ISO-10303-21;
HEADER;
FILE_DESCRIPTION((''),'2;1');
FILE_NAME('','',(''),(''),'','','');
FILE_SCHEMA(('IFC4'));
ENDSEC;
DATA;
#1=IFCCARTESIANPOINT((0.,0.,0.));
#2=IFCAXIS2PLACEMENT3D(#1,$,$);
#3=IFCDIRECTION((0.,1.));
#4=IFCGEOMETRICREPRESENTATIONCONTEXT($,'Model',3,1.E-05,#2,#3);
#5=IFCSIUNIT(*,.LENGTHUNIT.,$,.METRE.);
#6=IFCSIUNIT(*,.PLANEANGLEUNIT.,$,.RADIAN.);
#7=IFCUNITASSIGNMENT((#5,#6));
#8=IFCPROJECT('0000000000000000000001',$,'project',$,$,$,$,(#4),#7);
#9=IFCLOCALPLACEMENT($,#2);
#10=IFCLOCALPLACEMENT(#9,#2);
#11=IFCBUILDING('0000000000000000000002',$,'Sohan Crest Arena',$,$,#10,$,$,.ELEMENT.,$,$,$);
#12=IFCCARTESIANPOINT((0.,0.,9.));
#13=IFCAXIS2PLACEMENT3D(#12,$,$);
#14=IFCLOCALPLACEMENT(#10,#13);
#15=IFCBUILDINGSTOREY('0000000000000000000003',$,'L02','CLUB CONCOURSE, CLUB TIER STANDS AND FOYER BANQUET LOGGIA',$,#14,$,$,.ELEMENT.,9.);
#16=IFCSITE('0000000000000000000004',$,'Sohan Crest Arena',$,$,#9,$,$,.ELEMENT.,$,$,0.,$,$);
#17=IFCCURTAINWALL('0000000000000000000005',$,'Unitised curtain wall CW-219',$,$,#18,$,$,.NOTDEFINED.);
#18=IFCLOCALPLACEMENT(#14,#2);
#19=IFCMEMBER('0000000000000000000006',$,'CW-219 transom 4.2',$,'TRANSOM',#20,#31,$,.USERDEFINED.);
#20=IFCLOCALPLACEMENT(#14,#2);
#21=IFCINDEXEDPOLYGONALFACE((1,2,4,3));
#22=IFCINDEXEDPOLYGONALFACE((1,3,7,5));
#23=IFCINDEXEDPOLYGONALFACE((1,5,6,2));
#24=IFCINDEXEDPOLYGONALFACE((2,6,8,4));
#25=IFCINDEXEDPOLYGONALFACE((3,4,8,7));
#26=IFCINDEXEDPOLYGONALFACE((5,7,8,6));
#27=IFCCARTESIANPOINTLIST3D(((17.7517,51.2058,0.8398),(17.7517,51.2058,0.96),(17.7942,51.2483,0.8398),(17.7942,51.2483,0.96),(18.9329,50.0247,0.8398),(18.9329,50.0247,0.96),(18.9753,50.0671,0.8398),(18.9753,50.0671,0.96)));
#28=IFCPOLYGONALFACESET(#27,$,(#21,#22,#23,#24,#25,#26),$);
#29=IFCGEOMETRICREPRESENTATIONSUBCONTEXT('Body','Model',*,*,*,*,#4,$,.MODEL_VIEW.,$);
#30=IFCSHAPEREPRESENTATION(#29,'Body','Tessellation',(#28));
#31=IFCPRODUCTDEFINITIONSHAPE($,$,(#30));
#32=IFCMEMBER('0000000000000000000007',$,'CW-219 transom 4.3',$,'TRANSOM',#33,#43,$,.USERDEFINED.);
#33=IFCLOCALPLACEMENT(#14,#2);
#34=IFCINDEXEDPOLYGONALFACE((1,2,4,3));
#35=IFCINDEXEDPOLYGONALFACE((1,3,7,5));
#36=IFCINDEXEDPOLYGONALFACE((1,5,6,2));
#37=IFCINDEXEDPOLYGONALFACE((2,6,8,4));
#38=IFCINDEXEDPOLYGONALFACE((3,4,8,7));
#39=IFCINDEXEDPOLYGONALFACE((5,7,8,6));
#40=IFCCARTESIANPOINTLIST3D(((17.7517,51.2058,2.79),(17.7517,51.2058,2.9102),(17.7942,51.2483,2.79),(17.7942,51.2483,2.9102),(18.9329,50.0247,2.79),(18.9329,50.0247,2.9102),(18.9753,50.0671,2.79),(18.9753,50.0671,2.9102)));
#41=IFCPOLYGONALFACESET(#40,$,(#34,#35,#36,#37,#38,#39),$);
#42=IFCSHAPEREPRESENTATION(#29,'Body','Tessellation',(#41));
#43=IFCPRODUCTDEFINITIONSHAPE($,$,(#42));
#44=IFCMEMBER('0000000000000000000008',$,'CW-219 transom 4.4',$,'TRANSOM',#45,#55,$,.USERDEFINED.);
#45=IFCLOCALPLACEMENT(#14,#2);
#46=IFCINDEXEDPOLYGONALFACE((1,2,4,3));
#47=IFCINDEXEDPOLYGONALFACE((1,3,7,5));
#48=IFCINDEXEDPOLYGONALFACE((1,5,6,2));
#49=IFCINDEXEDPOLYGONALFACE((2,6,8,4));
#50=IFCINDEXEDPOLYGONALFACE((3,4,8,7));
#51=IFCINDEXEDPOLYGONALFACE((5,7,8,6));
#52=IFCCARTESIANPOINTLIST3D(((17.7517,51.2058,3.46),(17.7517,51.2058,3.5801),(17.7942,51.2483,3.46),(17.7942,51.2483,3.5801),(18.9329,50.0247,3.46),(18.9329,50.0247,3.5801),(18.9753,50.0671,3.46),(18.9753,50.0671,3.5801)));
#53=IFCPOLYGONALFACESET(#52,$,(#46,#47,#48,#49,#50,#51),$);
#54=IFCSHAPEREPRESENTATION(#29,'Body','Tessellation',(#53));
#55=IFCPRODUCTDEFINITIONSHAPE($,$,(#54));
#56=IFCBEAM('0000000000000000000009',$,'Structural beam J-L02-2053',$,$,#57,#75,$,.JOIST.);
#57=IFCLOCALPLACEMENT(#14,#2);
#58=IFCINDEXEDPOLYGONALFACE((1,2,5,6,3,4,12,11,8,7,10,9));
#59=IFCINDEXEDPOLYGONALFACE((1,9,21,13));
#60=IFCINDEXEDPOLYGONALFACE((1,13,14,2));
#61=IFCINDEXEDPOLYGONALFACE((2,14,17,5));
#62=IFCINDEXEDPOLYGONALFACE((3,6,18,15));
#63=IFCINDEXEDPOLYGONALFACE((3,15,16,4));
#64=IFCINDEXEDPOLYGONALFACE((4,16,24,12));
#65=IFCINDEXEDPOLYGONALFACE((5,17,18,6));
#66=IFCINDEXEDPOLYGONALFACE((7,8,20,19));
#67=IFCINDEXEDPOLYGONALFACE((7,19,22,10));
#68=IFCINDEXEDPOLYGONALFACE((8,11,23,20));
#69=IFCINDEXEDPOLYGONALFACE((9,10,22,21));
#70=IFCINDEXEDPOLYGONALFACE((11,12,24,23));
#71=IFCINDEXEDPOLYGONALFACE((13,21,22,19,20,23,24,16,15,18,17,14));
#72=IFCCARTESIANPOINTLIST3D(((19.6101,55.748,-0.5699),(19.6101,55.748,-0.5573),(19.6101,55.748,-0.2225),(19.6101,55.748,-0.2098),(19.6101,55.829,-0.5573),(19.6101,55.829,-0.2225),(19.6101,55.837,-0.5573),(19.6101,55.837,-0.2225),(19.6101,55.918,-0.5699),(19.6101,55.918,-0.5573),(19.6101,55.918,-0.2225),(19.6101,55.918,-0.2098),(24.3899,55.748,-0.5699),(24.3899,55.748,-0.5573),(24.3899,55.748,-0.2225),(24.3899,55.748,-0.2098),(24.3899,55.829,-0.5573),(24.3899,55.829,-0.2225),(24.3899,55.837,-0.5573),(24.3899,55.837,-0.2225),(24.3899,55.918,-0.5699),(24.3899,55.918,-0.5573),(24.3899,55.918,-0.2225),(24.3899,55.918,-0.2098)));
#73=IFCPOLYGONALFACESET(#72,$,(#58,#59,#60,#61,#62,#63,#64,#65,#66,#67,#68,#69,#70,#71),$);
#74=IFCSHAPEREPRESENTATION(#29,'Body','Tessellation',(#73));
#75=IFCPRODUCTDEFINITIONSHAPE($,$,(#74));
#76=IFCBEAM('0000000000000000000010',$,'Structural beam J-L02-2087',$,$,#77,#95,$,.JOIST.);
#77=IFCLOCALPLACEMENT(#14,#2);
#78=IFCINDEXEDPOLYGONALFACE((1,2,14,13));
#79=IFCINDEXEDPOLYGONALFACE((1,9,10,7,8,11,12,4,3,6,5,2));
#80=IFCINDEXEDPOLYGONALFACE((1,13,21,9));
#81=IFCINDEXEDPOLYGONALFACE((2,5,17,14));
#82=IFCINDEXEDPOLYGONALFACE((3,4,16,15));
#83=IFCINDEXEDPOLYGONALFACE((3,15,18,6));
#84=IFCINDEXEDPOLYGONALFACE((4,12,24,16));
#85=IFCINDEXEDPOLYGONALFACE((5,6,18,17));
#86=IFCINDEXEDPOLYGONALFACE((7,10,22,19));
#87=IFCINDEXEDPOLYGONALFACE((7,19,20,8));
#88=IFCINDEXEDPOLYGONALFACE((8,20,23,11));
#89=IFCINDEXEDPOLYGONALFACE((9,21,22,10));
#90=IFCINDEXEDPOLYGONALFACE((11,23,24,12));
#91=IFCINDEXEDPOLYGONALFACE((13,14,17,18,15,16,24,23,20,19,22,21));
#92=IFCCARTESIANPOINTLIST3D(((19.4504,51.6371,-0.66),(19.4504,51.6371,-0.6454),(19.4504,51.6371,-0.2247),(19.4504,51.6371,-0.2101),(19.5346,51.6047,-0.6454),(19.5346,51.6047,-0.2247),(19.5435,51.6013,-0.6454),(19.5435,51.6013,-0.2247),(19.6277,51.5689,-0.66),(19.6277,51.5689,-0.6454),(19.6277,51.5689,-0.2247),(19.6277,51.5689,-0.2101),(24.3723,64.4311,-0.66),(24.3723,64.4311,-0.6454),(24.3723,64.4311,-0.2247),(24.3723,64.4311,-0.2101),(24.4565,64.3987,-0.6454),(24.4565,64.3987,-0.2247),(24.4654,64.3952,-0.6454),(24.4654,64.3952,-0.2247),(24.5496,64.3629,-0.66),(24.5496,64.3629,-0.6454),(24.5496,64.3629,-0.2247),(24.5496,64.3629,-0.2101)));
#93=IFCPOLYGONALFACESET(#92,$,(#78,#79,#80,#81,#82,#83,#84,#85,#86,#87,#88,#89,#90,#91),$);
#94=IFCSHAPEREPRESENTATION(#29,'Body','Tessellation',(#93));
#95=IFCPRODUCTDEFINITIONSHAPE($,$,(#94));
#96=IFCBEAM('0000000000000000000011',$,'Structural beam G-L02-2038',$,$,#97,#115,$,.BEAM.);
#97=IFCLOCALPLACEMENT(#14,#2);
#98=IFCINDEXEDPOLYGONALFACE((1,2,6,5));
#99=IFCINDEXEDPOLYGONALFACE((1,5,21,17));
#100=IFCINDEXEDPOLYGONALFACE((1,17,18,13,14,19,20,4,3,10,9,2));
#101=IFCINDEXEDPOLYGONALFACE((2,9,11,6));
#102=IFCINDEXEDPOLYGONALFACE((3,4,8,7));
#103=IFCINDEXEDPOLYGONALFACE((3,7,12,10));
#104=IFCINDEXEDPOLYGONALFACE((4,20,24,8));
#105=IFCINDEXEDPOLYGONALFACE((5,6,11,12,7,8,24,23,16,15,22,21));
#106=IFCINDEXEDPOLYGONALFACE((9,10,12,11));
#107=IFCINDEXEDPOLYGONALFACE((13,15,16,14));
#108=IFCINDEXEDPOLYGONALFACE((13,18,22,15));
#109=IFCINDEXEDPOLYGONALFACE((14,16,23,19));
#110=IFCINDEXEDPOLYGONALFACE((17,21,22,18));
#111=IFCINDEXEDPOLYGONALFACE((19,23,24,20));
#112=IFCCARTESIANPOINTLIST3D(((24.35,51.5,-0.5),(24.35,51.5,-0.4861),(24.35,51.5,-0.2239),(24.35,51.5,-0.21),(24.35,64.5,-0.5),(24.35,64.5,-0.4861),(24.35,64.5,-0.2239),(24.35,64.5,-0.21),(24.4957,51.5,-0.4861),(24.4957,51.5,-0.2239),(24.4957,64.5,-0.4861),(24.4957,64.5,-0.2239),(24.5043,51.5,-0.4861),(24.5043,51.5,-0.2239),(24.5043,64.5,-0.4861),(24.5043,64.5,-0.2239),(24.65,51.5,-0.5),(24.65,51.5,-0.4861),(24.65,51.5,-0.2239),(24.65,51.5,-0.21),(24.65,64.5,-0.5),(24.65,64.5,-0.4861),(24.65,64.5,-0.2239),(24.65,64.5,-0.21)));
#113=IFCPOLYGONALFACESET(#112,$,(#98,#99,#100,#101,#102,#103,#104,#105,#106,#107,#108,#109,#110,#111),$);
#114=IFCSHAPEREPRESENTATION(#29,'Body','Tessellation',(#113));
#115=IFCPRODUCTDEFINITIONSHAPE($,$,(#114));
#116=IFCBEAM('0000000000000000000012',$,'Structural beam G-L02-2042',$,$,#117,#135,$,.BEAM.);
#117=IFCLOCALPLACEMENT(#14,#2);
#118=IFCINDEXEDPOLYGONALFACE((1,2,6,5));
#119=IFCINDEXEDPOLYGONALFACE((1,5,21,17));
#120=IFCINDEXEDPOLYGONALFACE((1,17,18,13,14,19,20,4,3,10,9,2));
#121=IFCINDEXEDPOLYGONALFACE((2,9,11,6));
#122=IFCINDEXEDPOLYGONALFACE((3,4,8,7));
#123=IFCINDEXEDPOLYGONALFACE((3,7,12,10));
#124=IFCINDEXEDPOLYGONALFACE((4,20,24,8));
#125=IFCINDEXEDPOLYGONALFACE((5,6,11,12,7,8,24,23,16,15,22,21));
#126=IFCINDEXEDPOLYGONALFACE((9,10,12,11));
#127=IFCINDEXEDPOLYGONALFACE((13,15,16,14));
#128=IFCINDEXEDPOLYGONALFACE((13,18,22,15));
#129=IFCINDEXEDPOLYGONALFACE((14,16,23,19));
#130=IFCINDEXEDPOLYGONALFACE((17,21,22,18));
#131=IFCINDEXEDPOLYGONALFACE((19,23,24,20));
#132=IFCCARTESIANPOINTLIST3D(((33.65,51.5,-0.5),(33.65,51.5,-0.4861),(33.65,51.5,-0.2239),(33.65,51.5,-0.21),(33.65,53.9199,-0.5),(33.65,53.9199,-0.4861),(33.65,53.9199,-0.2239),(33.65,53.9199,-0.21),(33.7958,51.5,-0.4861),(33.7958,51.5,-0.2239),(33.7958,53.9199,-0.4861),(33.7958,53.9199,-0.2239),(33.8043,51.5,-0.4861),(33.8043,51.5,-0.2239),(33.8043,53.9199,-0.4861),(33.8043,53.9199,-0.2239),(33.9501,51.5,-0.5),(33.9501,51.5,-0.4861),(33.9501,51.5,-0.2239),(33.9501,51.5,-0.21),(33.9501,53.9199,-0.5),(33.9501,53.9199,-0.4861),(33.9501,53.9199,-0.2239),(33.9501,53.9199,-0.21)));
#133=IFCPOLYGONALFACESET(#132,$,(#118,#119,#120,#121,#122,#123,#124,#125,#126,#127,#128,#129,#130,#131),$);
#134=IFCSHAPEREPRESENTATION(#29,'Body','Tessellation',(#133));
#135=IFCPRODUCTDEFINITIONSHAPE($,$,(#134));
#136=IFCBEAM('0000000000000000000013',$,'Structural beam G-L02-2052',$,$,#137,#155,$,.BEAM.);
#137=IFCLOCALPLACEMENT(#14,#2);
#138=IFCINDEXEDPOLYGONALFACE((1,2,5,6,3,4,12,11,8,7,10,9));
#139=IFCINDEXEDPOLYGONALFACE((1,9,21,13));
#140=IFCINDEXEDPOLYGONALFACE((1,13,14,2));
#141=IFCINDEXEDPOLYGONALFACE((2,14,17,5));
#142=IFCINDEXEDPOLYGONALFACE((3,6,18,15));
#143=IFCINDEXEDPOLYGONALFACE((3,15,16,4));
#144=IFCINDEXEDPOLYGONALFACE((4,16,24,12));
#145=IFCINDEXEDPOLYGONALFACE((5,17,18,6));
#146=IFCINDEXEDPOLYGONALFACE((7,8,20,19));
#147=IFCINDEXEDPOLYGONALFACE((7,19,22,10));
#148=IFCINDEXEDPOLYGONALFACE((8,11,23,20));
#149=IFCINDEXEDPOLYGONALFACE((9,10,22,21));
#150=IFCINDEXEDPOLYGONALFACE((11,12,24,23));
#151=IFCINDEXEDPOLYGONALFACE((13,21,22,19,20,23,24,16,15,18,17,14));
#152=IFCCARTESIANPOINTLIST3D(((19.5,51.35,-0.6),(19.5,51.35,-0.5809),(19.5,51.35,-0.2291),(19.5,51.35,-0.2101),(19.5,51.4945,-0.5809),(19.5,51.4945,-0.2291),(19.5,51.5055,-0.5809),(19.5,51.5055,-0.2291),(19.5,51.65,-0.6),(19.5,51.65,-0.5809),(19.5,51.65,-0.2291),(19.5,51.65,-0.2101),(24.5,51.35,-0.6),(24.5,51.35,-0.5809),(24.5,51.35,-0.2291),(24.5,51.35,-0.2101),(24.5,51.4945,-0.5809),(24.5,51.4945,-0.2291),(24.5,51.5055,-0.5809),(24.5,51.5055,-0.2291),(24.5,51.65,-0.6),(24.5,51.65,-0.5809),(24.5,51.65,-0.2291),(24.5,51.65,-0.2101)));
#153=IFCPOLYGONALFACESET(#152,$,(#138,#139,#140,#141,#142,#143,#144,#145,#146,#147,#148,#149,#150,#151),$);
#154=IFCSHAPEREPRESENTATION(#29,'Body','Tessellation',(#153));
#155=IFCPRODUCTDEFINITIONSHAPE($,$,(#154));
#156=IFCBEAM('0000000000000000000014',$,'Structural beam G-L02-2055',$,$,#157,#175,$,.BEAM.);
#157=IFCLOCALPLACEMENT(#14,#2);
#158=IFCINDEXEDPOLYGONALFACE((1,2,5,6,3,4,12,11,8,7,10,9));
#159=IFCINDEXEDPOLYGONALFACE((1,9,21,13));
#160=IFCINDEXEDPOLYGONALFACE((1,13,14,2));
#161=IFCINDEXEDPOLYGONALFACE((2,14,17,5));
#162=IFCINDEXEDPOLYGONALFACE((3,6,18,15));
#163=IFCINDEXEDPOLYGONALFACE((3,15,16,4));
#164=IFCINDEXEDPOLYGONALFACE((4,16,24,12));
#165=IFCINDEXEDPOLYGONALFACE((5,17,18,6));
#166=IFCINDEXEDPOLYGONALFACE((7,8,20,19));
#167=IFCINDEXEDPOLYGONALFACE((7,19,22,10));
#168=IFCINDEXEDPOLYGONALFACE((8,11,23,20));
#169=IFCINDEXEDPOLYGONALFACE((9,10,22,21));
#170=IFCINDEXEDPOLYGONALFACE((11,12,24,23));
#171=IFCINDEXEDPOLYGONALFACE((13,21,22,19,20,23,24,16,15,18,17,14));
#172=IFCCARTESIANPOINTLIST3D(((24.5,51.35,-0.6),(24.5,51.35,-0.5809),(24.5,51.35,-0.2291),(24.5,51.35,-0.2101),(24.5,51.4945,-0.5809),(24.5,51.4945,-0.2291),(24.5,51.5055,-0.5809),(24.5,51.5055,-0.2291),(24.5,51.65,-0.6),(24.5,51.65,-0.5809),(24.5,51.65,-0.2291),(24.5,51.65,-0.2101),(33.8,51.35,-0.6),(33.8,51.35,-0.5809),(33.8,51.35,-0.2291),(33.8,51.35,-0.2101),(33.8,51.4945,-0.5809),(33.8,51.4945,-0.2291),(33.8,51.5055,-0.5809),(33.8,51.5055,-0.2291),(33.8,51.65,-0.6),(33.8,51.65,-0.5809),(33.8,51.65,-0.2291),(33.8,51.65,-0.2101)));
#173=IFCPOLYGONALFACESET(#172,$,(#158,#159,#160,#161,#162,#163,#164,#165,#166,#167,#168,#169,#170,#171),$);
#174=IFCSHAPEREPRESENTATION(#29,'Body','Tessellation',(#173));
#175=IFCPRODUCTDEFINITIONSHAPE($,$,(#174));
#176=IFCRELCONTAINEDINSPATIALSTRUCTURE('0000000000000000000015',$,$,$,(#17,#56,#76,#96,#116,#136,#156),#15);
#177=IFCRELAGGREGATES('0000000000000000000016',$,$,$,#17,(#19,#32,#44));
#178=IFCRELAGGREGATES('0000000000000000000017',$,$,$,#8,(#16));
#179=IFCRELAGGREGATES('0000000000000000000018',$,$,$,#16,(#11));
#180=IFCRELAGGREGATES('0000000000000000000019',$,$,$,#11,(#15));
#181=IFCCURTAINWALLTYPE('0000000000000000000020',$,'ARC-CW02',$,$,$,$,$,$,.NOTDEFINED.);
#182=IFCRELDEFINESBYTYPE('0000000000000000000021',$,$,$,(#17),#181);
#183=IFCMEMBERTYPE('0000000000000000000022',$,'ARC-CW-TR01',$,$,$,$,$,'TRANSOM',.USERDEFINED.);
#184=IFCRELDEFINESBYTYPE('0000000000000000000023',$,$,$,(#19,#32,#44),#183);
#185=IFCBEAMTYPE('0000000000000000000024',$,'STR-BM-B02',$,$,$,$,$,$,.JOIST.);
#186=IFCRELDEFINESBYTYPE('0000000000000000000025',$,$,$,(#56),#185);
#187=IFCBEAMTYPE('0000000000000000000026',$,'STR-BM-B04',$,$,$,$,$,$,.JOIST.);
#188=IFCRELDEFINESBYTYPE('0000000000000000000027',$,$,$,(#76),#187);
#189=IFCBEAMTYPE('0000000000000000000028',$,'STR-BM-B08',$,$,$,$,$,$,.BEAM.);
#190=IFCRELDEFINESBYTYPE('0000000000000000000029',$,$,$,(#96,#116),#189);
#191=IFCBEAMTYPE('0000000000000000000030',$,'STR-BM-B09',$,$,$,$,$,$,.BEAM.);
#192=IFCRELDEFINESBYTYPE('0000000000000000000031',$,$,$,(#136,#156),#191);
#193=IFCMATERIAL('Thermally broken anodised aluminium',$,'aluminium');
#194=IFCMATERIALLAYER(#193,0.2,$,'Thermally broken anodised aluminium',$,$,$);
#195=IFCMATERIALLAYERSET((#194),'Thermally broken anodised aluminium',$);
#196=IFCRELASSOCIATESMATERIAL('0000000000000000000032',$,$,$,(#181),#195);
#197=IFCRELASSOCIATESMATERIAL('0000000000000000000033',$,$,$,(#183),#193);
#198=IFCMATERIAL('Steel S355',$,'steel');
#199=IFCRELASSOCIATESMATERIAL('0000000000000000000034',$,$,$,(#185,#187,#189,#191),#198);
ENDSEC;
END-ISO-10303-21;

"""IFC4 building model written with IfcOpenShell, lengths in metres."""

from ifc_helpers import new_model, si_unit, direction, frame, origin, origin_2d, place, context, subcontext, project, spatial, rectangle, i_section, extrude, material, layer, layer_set, material_profile, profile_set, type_object, element, aggregate, save


model = new_model("IFC4")

# Units and contexts
model_context = context("Model", 3, precision=1e-05, world=origin(), true_north=direction((0.0, 1.0)))
body_context = subcontext(model_context, "Body", "Model", "MODEL_VIEW")
ifc_project = project(units=[si_unit("LENGTHUNIT", "METRE"), si_unit("PLANEANGLEUNIT", "RADIAN")], contexts=[model_context])

# Site, building, storey
site_placement = place(None, origin())
site = spatial("IfcSite", under=ifc_project, at=site_placement, Name="Sohan Crest Arena", CompositionType="ELEMENT", RefElevation=0.0)
building_placement = place(site_placement, origin())
building = spatial("IfcBuilding", under=site, at=building_placement, Name="Sohan Crest Arena", CompositionType="ELEMENT")
storey_placement = place(building_placement, frame((0.0, 0.0, 9.0)))
storey = spatial("IfcBuildingStorey", under=building, at=storey_placement, Name="L02", Description="CLUB CONCOURSE, CLUB TIER STANDS AND FOYER BANQUET LOGGIA", CompositionType="ELEMENT", Elevation=9.0)

# Curtain wall
ifc_material_1 = material(Name="Thermally broken anodised aluminium", Category="aluminium")
ifc_layer_1 = layer(ifc_material_1, 0.2, Name="Thermally broken anodised aluminium")
ifc_layer_set_1 = layer_set([ifc_layer_1], Name="Thermally broken anodised aluminium")
curtain_wall_type = type_object("IfcCurtainWallType", Name="ARC-CW02", PredefinedType="NOTDEFINED", material=ifc_layer_set_1)
curtain_wall_1_placement = place(storey_placement, origin())
curtain_wall_1 = element("IfcCurtainWall", 1, at=curtain_wall_1_placement, inside=storey, type_object=curtain_wall_type, Name="Unitised curtain wall CW-219", PredefinedType="NOTDEFINED")

# Shared definitions
ifc_material_profile_1 = material_profile(ifc_material_1, rectangle(XDim=0.0601, YDim=0.1201, at=origin_2d()), Name="ALU-TRAN 60x120")
ifc_profile_set_1 = profile_set([ifc_material_profile_1], Name="Thermally broken anodised aluminium")
member_type_1 = type_object("IfcMemberType", Name="ARC-CW-TR01", ElementType="TRANSOM", PredefinedType="USERDEFINED", material=ifc_profile_set_1)

# Members
member_1_placement = place(storey_placement, frame((17.7729, 51.2271, 0.8999), z_axis=(0.707107, -0.707107, 0.0), x_axis=(0.707107, 0.707107, 0.0)))
member_1 = element("IfcMember", 2, at=member_1_placement, type_object=member_type_1, Name="CW-219 transom 4.2", ObjectType="TRANSOM", PredefinedType="USERDEFINED", context=body_context, shape_type="SweptSolid", body=[
    extrude(rectangle(XDim=0.0601, YDim=0.1201, at=origin_2d()), origin(), (0.0, 0.0, 1.0), 1.6704),
])
member_2_placement = place(storey_placement, frame((17.7729, 51.2271, 2.8501), z_axis=(0.707107, -0.707107, 0.0), x_axis=(0.707107, 0.707107, 0.0)))
member_2 = element("IfcMember", 3, at=member_2_placement, type_object=member_type_1, Name="CW-219 transom 4.3", ObjectType="TRANSOM", PredefinedType="USERDEFINED", context=body_context, shape_type="SweptSolid", body=[
    extrude(rectangle(XDim=0.0601, YDim=0.1201, at=origin_2d()), origin(), (0.0, 0.0, 1.0), 1.6704),
])
member_3_placement = place(storey_placement, frame((17.7729, 51.2271, 3.52), z_axis=(0.707107, -0.707107, 0.0), x_axis=(0.707107, 0.707107, 0.0)))
member_3 = element("IfcMember", 4, at=member_3_placement, type_object=member_type_1, Name="CW-219 transom 4.4", ObjectType="TRANSOM", PredefinedType="USERDEFINED", context=body_context, shape_type="SweptSolid", body=[
    extrude(rectangle(XDim=0.0601, YDim=0.1201, at=origin_2d()), origin(), (0.0, 0.0, 1.0), 1.6704),
])

# Beams
ifc_material_2 = material(Name="Steel S355", Category="steel")
ifc_material_profile_2 = material_profile(ifc_material_2, i_section(OverallWidth=0.1699, OverallDepth=0.3601, WebThickness=0.0081, FlangeThickness=0.0127, at=origin_2d()), Name="IPE 360")
ifc_profile_set_2 = profile_set([ifc_material_profile_2], Name="Steel S355")
beam_type_1 = type_object("IfcBeamType", Name="STR-BM-B02", PredefinedType="JOIST", material=ifc_profile_set_2)
beam_1_placement = place(storey_placement, frame((19.6101, 55.833, -0.3899), z_axis=(1.0, 0.0, 0.0), x_axis=(0.0, 1.0, 0.0)))
element("IfcBeam", 5, at=beam_1_placement, inside=storey, type_object=beam_type_1, Name="Structural beam J-L02-2053", PredefinedType="JOIST", context=body_context, shape_type="SweptSolid", body=[
    extrude(i_section(OverallWidth=0.1699, OverallDepth=0.3601, WebThickness=0.0081, FlangeThickness=0.0127, at=origin_2d()), origin(), (0.0, 0.0, 1.0), 4.7798),
])
ifc_material_profile_3 = material_profile(ifc_material_2, i_section(OverallWidth=0.1899, OverallDepth=0.45, WebThickness=0.0095, FlangeThickness=0.0146, at=origin_2d()), Name="IPE 450")
ifc_profile_set_3 = profile_set([ifc_material_profile_3], Name="Steel S355")
beam_type_2 = type_object("IfcBeamType", Name="STR-BM-B04", PredefinedType="JOIST", material=ifc_profile_set_3)
beam_2_placement = place(storey_placement, frame((19.5391, 51.603, -0.4351), z_axis=(0.359051, 0.933318, 0.0), x_axis=(-0.933318, 0.359051, 0.0)))
element("IfcBeam", 6, at=beam_2_placement, inside=storey, type_object=beam_type_2, Name="Structural beam J-L02-2087", PredefinedType="JOIST", context=body_context, shape_type="SweptSolid", body=[
    extrude(i_section(OverallWidth=0.1899, OverallDepth=0.45, WebThickness=0.0095, FlangeThickness=0.0146, at=origin_2d()), origin(), (0.0, 0.0, 1.0), 13.708),
])
ifc_material_profile_4 = material_profile(ifc_material_2, i_section(OverallWidth=0.3, OverallDepth=0.29, WebThickness=0.0085, FlangeThickness=0.0139, at=origin_2d()), Name="HEA 300")
ifc_profile_set_4 = profile_set([ifc_material_profile_4], Name="Steel S355")
beam_type_3 = type_object("IfcBeamType", Name="STR-BM-B08", PredefinedType="BEAM", material=ifc_profile_set_4)
beam_3_placement = place(storey_placement, frame((24.5, 51.5, -0.355), z_axis=(0.0, 1.0, 0.0), x_axis=(-1.0, 0.0, 0.0)))
element("IfcBeam", 7, at=beam_3_placement, inside=storey, type_object=beam_type_3, Name="Structural beam G-L02-2038", PredefinedType="BEAM", context=body_context, shape_type="SweptSolid", body=[
    extrude(i_section(OverallWidth=0.3, OverallDepth=0.29, WebThickness=0.0085, FlangeThickness=0.0139, at=origin_2d()), origin(), (0.0, 0.0, 1.0), 13.0),
])
beam_4_placement = place(storey_placement, frame((33.8, 51.5, -0.355), z_axis=(0.0, 1.0, 0.0), x_axis=(-1.0, 0.0, 0.0)))
element("IfcBeam", 8, at=beam_4_placement, inside=storey, type_object=beam_type_3, Name="Structural beam G-L02-2042", PredefinedType="BEAM", context=body_context, shape_type="SweptSolid", body=[
    extrude(i_section(OverallWidth=0.3, OverallDepth=0.29, WebThickness=0.0085, FlangeThickness=0.0139, at=origin_2d()), origin(), (0.0, 0.0, 1.0), 2.4199),
])
ifc_material_profile_5 = material_profile(ifc_material_2, i_section(OverallWidth=0.3, OverallDepth=0.3899, WebThickness=0.011, FlangeThickness=0.019, at=origin_2d()), Name="HEA 400")
ifc_profile_set_5 = profile_set([ifc_material_profile_5], Name="Steel S355")
beam_type_4 = type_object("IfcBeamType", Name="STR-BM-B09", PredefinedType="BEAM", material=ifc_profile_set_5)
beam_5_placement = place(storey_placement, frame((19.5, 51.5, -0.405), z_axis=(1.0, 0.0, 0.0), x_axis=(0.0, 1.0, 0.0)))
element("IfcBeam", 9, at=beam_5_placement, inside=storey, type_object=beam_type_4, Name="Structural beam G-L02-2052", PredefinedType="BEAM", context=body_context, shape_type="SweptSolid", body=[
    extrude(i_section(OverallWidth=0.3, OverallDepth=0.3899, WebThickness=0.011, FlangeThickness=0.019, at=origin_2d()), origin(), (0.0, 0.0, 1.0), 5.0),
])
beam_6_placement = place(storey_placement, frame((24.5, 51.5, -0.405), z_axis=(1.0, 0.0, 0.0), x_axis=(0.0, 1.0, 0.0)))
element("IfcBeam", 10, at=beam_6_placement, inside=storey, type_object=beam_type_4, Name="Structural beam G-L02-2055", PredefinedType="BEAM", context=body_context, shape_type="SweptSolid", body=[
    extrude(i_section(OverallWidth=0.3, OverallDepth=0.3899, WebThickness=0.011, FlangeThickness=0.019, at=origin_2d()), origin(), (0.0, 0.0, 1.0), 9.3),
])

aggregate(curtain_wall_1, [member_1, member_2, member_3])

save(model, "model.ifc")
